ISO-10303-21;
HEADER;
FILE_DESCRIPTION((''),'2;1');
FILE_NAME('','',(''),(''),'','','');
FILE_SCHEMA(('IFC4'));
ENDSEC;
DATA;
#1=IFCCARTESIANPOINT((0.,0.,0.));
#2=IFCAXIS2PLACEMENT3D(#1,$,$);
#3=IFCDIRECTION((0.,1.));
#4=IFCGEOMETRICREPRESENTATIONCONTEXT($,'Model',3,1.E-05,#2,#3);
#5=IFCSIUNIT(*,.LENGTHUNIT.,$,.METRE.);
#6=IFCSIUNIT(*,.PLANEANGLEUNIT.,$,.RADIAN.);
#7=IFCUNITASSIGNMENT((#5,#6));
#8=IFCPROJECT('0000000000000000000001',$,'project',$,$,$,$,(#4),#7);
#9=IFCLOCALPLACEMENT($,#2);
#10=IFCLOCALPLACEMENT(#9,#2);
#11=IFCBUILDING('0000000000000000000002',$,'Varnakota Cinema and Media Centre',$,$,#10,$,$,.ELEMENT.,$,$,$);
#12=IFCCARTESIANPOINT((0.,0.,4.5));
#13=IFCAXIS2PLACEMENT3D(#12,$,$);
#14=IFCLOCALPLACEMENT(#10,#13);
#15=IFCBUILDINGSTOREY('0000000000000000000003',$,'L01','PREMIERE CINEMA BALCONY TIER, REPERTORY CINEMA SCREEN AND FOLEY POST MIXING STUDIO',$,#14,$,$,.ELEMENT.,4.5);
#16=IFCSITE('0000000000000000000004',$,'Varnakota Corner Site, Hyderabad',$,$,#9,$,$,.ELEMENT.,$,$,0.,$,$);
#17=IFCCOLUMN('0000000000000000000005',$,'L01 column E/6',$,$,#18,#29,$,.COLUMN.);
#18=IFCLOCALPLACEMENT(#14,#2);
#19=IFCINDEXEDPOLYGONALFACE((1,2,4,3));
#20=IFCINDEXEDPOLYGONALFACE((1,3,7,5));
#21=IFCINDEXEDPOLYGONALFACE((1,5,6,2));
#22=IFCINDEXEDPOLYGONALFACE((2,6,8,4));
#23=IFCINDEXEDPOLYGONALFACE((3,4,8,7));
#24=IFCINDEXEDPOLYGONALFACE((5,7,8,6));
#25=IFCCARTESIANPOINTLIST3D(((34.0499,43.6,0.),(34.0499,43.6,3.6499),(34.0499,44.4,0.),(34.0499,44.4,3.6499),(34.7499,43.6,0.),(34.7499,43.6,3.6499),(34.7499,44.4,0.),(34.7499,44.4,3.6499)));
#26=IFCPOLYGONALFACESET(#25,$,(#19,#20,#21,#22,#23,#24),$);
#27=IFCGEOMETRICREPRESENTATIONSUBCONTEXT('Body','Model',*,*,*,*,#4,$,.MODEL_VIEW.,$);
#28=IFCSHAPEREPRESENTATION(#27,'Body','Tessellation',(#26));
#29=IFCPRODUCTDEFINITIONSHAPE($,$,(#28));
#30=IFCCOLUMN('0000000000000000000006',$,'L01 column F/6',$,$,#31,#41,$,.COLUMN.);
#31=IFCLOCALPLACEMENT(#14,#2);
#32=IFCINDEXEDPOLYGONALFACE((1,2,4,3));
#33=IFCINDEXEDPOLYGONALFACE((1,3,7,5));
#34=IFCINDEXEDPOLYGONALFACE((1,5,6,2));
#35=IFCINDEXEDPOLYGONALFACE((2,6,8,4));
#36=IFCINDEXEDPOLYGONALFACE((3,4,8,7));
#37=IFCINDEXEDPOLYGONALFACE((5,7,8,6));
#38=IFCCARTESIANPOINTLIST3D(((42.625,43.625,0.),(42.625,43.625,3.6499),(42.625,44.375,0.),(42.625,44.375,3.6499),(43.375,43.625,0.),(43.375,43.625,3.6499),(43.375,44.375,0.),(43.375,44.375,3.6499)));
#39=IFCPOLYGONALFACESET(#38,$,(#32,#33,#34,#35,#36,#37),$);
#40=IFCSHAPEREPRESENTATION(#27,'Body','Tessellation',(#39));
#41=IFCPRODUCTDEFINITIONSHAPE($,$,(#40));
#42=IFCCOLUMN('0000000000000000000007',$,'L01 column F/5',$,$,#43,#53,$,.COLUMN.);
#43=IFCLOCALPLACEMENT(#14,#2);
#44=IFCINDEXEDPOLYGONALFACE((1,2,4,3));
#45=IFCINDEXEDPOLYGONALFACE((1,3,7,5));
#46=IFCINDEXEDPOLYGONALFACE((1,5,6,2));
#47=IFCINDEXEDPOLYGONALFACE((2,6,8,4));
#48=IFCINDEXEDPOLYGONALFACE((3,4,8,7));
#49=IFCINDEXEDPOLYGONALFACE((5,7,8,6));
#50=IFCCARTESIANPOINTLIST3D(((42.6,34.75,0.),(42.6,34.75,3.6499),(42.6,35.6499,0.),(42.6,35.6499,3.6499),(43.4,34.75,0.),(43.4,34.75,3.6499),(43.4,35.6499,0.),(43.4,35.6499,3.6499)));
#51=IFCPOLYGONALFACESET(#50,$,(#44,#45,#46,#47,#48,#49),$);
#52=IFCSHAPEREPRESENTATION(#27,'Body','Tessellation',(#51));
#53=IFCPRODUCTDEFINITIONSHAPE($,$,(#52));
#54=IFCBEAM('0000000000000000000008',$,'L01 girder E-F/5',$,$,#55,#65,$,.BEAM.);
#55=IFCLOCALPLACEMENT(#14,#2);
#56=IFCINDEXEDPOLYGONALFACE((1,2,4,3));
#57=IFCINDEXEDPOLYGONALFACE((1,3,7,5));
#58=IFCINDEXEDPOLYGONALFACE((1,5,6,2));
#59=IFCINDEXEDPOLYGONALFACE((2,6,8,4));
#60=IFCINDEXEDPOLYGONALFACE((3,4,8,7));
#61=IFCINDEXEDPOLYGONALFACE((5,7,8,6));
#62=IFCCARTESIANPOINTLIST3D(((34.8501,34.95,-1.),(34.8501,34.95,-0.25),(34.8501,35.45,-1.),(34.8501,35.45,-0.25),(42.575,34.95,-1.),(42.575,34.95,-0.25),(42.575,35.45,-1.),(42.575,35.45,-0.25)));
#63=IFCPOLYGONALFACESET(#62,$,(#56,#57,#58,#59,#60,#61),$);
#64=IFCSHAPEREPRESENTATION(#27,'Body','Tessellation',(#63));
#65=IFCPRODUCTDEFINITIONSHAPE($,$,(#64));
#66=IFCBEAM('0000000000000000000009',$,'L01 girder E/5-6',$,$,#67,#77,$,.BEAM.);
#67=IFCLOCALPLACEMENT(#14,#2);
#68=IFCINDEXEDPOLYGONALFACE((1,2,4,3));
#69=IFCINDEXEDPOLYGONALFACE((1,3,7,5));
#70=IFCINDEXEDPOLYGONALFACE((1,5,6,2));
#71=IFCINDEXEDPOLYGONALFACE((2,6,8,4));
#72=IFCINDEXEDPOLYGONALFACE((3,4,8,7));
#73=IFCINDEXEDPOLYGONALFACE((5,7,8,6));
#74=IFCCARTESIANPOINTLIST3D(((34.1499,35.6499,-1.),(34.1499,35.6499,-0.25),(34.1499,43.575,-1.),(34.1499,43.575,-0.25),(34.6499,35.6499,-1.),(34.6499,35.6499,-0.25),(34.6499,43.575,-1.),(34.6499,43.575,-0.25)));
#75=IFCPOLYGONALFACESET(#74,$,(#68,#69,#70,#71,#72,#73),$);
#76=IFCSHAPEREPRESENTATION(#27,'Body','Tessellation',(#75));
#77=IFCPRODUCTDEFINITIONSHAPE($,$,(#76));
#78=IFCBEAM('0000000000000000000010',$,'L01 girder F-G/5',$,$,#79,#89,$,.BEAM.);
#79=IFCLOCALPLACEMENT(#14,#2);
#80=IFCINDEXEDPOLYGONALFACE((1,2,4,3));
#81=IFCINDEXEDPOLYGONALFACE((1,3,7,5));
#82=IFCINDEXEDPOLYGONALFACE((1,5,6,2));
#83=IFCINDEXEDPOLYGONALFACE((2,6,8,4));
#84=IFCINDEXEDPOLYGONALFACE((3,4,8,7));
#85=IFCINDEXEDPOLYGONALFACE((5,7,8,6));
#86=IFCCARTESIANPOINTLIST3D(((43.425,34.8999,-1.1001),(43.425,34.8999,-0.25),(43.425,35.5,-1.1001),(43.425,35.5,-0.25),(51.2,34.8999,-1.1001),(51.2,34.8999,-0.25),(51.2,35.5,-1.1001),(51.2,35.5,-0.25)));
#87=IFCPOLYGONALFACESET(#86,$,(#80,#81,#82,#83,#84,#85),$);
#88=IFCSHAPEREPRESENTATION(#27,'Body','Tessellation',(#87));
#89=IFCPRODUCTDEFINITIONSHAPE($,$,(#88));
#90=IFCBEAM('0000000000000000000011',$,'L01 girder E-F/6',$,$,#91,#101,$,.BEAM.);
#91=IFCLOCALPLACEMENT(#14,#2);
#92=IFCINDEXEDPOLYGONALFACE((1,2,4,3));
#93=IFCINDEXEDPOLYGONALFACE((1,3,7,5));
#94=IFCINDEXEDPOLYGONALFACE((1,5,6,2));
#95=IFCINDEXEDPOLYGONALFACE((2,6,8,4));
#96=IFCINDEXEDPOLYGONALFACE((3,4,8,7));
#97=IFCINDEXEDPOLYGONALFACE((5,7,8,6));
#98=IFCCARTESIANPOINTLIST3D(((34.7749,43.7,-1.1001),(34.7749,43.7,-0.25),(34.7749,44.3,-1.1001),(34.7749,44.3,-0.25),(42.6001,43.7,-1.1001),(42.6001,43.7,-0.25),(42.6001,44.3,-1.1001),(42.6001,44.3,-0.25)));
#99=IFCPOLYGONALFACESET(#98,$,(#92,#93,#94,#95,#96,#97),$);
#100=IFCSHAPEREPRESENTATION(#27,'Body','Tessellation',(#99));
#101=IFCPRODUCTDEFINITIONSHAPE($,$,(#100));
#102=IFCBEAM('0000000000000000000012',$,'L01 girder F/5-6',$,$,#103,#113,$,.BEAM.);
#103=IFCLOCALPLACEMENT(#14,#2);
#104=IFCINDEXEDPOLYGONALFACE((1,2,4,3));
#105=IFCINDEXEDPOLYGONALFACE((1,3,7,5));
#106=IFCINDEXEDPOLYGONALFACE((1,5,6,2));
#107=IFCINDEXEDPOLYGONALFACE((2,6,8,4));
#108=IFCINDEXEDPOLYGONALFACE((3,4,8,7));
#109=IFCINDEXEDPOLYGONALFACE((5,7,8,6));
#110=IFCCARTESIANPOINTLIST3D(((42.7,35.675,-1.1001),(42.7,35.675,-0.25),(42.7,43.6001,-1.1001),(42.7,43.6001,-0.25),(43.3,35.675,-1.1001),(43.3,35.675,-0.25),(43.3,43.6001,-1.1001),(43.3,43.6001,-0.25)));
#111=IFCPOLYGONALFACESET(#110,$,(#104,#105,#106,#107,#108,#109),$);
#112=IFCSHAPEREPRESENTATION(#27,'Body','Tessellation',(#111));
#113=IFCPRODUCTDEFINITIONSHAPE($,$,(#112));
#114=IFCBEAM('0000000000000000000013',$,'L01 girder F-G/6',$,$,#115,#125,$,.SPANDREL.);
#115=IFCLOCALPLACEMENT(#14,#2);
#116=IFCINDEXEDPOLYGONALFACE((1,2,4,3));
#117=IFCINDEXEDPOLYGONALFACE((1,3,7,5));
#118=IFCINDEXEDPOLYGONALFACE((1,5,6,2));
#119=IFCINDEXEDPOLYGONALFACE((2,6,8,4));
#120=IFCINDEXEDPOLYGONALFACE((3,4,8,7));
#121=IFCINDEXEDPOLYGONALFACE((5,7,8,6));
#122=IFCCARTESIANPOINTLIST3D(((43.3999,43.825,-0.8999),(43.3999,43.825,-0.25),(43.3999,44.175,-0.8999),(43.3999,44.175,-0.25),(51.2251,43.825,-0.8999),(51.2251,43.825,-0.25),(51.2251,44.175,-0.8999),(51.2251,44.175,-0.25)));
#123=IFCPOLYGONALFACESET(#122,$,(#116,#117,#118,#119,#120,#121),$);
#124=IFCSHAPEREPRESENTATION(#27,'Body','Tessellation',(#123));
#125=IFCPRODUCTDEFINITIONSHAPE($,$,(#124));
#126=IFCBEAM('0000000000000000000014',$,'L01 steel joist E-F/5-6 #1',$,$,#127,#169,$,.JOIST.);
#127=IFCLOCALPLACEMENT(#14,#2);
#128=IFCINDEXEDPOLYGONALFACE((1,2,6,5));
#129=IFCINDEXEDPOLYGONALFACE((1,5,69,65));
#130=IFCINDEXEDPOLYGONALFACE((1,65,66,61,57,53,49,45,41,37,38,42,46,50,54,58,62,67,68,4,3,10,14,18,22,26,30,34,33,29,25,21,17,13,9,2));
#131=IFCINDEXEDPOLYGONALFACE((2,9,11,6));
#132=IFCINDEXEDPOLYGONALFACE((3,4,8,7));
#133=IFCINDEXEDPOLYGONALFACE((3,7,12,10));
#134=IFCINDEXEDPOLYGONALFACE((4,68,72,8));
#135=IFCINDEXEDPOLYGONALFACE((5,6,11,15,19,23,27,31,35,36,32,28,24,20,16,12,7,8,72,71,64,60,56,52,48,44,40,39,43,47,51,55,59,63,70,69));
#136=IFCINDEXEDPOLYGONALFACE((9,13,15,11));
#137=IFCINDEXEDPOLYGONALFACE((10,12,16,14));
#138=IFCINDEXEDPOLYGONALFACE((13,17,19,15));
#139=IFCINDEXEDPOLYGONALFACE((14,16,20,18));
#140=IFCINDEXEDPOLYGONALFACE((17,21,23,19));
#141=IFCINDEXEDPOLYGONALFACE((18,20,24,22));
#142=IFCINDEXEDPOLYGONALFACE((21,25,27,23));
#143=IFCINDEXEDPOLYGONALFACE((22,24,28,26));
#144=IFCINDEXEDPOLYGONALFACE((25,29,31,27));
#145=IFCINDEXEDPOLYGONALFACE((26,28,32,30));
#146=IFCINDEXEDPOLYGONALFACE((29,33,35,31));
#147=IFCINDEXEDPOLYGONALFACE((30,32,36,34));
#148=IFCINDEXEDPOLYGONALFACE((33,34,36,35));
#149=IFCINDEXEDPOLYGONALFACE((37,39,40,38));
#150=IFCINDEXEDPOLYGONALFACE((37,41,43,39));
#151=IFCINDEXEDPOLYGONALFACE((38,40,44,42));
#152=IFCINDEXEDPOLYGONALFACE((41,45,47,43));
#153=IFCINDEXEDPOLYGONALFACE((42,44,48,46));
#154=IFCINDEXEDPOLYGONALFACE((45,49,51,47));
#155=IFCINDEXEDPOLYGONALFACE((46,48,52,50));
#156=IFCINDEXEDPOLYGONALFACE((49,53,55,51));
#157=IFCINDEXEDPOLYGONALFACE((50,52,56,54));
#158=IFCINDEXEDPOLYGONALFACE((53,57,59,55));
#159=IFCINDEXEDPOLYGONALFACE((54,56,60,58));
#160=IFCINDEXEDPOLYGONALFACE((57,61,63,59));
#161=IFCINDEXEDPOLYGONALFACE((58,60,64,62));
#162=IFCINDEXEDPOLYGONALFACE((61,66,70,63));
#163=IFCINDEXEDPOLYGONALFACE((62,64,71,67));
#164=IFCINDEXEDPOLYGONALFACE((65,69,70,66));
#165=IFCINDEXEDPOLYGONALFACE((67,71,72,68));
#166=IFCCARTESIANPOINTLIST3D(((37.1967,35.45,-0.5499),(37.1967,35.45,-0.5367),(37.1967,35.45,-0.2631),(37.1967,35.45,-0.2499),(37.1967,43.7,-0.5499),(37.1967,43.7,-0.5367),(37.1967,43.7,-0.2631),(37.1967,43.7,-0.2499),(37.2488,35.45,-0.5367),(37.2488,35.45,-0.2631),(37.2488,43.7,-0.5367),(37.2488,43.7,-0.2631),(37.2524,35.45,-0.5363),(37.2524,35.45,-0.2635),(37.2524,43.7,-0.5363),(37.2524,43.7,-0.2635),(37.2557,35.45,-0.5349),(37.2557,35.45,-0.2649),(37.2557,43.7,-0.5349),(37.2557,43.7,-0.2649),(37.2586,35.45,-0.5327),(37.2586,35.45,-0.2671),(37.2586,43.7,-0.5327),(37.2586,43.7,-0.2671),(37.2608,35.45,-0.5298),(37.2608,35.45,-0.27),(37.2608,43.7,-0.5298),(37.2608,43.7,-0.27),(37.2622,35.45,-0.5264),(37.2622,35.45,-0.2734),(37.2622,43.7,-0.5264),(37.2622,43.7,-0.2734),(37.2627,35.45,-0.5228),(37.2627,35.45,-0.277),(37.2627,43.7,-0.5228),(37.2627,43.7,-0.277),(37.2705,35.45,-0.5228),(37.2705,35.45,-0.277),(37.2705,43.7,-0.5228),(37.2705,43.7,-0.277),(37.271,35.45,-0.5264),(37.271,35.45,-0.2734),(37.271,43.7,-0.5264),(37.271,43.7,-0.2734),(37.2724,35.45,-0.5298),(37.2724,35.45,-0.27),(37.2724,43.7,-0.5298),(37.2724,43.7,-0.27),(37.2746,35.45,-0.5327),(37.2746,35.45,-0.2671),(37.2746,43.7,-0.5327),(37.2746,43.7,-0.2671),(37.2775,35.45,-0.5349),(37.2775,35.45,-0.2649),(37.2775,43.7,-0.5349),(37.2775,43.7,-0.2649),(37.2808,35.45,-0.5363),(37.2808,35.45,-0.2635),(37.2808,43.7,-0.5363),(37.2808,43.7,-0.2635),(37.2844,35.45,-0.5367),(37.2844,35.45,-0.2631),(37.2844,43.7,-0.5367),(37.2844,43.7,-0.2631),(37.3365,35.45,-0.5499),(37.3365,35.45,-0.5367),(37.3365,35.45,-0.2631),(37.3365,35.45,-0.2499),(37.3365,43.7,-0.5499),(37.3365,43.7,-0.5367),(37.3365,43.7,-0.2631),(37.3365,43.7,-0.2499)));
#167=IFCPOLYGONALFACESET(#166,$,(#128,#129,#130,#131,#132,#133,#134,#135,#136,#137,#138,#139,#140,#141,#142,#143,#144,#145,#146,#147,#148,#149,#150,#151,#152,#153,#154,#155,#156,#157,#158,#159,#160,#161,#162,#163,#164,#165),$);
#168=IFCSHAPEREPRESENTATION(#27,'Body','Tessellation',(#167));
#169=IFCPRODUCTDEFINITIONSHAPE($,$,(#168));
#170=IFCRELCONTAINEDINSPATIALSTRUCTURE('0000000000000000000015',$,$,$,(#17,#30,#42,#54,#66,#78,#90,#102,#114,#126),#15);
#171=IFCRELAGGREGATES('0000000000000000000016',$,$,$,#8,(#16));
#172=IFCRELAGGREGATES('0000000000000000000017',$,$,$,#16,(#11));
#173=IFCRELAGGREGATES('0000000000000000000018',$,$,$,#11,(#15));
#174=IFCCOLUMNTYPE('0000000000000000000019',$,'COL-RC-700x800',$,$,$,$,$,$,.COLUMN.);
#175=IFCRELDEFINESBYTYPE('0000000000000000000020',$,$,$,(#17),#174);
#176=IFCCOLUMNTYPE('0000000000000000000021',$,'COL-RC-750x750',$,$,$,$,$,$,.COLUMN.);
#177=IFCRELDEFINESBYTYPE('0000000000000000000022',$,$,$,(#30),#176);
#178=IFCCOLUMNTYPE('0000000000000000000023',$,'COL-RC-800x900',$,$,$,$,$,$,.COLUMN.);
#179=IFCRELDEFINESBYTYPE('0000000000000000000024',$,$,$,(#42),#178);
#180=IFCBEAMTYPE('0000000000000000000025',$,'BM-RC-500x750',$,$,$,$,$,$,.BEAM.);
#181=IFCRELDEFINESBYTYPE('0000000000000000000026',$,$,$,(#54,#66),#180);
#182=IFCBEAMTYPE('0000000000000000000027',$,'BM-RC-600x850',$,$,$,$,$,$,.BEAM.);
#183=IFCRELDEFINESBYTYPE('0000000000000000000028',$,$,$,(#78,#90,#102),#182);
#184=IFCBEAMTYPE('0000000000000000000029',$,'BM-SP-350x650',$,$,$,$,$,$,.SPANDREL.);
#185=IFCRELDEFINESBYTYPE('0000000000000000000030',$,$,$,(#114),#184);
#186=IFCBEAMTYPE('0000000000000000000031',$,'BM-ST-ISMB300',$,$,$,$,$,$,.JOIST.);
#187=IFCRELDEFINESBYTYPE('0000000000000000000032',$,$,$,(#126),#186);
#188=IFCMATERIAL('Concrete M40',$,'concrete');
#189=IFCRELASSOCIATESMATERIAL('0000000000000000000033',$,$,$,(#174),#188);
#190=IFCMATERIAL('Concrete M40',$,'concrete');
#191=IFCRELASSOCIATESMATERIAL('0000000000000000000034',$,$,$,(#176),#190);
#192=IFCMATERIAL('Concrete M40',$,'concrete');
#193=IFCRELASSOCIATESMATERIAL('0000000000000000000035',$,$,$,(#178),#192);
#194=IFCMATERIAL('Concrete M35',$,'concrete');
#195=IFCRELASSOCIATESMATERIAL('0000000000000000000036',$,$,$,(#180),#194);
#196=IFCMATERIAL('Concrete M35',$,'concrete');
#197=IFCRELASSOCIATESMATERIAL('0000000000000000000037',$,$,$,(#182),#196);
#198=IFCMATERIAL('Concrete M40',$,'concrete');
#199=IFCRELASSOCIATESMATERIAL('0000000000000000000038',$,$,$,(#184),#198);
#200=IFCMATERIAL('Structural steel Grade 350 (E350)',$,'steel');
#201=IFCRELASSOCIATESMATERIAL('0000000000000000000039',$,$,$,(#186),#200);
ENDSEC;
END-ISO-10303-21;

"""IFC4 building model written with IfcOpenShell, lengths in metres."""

from ifc_helpers import new_model, si_unit, direction, frame, origin, origin_2d, place, context, subcontext, project, spatial, rectangle, i_section, extrude, material, material_profile, profile_set, type_object, element, save


model = new_model("IFC4")

# Units and contexts
model_context = context("Model", 3, precision=1e-05, world=origin(), true_north=direction((0.0, 1.0)))
body_context = subcontext(model_context, "Body", "Model", "MODEL_VIEW")
ifc_project = project(units=[si_unit("LENGTHUNIT", "METRE"), si_unit("PLANEANGLEUNIT", "RADIAN")], contexts=[model_context])

# Site, building, storey
site_placement = place(None, origin())
site = spatial("IfcSite", under=ifc_project, at=site_placement, Name="Varnakota Corner Site, Hyderabad", CompositionType="ELEMENT", RefElevation=0.0)
building_placement = place(site_placement, origin())
building = spatial("IfcBuilding", under=site, at=building_placement, Name="Varnakota Cinema and Media Centre", CompositionType="ELEMENT")
storey_placement = place(building_placement, frame((0.0, 0.0, 4.5)))
storey = spatial("IfcBuildingStorey", under=building, at=storey_placement, Name="L01", Description="PREMIERE CINEMA BALCONY TIER, REPERTORY CINEMA SCREEN AND FOLEY POST MIXING STUDIO", CompositionType="ELEMENT", Elevation=4.5)

# Columns
ifc_material_1 = material(Name="Concrete M40", Category="concrete")
ifc_material_profile_1 = material_profile(ifc_material_1, rectangle(XDim=0.7, YDim=0.8, at=origin_2d()), Name="RC 700x800")
ifc_profile_set_1 = profile_set([ifc_material_profile_1], Name="Concrete M40")
column_type_1 = type_object("IfcColumnType", Name="COL-RC-700x800", PredefinedType="COLUMN", material=ifc_profile_set_1)
column_1_placement = place(storey_placement, frame((34.3999, 44.0, 0.0), z_axis=(0.0, 0.0, 1.0), x_axis=(1.0, 0.0, 0.0)))
element("IfcColumn", 1, at=column_1_placement, inside=storey, type_object=column_type_1, Name="L01 column E/6", PredefinedType="COLUMN", context=body_context, shape_type="SweptSolid", body=[
    extrude(rectangle(XDim=0.7, YDim=0.8, at=origin_2d()), origin(), (0.0, 0.0, 1.0), 3.6499),
])
ifc_material_2 = material(Name="Concrete M40", Category="concrete")
ifc_material_profile_2 = material_profile(ifc_material_2, rectangle(XDim=0.75, YDim=0.75, at=origin_2d()), Name="RC 750x750")
ifc_profile_set_2 = profile_set([ifc_material_profile_2], Name="Concrete M40")
column_type_2 = type_object("IfcColumnType", Name="COL-RC-750x750", PredefinedType="COLUMN", material=ifc_profile_set_2)
column_2_placement = place(storey_placement, frame((43.0, 44.0, 0.0), z_axis=(0.0, 0.0, 1.0), x_axis=(1.0, 0.0, 0.0)))
element("IfcColumn", 2, at=column_2_placement, inside=storey, type_object=column_type_2, Name="L01 column F/6", PredefinedType="COLUMN", context=body_context, shape_type="SweptSolid", body=[
    extrude(rectangle(XDim=0.75, YDim=0.75, at=origin_2d()), origin(), (0.0, 0.0, 1.0), 3.6499),
])
ifc_material_3 = material(Name="Concrete M40", Category="concrete")
ifc_material_profile_3 = material_profile(ifc_material_3, rectangle(XDim=0.8, YDim=0.8999, at=origin_2d()), Name="RC 800x900")
ifc_profile_set_3 = profile_set([ifc_material_profile_3], Name="Concrete M40")
column_type_3 = type_object("IfcColumnType", Name="COL-RC-800x900", PredefinedType="COLUMN", material=ifc_profile_set_3)
column_3_placement = place(storey_placement, frame((43.0, 35.2, 0.0), z_axis=(0.0, 0.0, 1.0), x_axis=(1.0, 0.0, 0.0)))
element("IfcColumn", 3, at=column_3_placement, inside=storey, type_object=column_type_3, Name="L01 column F/5", PredefinedType="COLUMN", context=body_context, shape_type="SweptSolid", body=[
    extrude(rectangle(XDim=0.8, YDim=0.8999, at=origin_2d()), origin(), (0.0, 0.0, 1.0), 3.6499),
])

# Beams
ifc_material_4 = material(Name="Concrete M35", Category="concrete")
ifc_material_profile_4 = material_profile(ifc_material_4, rectangle(XDim=0.5, YDim=0.75, at=origin_2d()), Name="RCB 500x750")
ifc_profile_set_4 = profile_set([ifc_material_profile_4], Name="Concrete M35")
beam_type_1 = type_object("IfcBeamType", Name="BM-RC-500x750", PredefinedType="BEAM", material=ifc_profile_set_4)
beam_1_placement = place(storey_placement, frame((34.8501, 35.2, -0.625), z_axis=(1.0, 0.0, 0.0), x_axis=(0.0, 1.0, 0.0)))
element("IfcBeam", 4, at=beam_1_placement, inside=storey, type_object=beam_type_1, Name="L01 girder E-F/5", PredefinedType="BEAM", context=body_context, shape_type="SweptSolid", body=[
    extrude(rectangle(XDim=0.5, YDim=0.75, at=origin_2d()), origin(), (0.0, 0.0, 1.0), 7.7249),
])
beam_2_placement = place(storey_placement, frame((34.3999, 35.6499, -0.625), z_axis=(0.0, 1.0, 0.0), x_axis=(-1.0, 0.0, 0.0)))
element("IfcBeam", 5, at=beam_2_placement, inside=storey, type_object=beam_type_1, Name="L01 girder E/5-6", PredefinedType="BEAM", context=body_context, shape_type="SweptSolid", body=[
    extrude(rectangle(XDim=0.5, YDim=0.75, at=origin_2d()), origin(), (0.0, 0.0, 1.0), 7.925),
])
ifc_material_5 = material(Name="Concrete M35", Category="concrete")
ifc_material_profile_5 = material_profile(ifc_material_5, rectangle(XDim=0.6001, YDim=0.8501, at=origin_2d()), Name="RCB 600x850")
ifc_profile_set_5 = profile_set([ifc_material_profile_5], Name="Concrete M35")
beam_type_2 = type_object("IfcBeamType", Name="BM-RC-600x850", PredefinedType="BEAM", material=ifc_profile_set_5)
beam_3_placement = place(storey_placement, frame((43.425, 35.2, -0.675), z_axis=(1.0, 0.0, 0.0), x_axis=(0.0, 1.0, 0.0)))
element("IfcBeam", 6, at=beam_3_placement, inside=storey, type_object=beam_type_2, Name="L01 girder F-G/5", PredefinedType="BEAM", context=body_context, shape_type="SweptSolid", body=[
    extrude(rectangle(XDim=0.6001, YDim=0.8501, at=origin_2d()), origin(), (0.0, 0.0, 1.0), 7.7749),
])
beam_4_placement = place(storey_placement, frame((34.7749, 44.0, -0.675), z_axis=(1.0, 0.0, 0.0), x_axis=(0.0, 1.0, 0.0)))
element("IfcBeam", 7, at=beam_4_placement, inside=storey, type_object=beam_type_2, Name="L01 girder E-F/6", PredefinedType="BEAM", context=body_context, shape_type="SweptSolid", body=[
    extrude(rectangle(XDim=0.6001, YDim=0.8501, at=origin_2d()), origin(), (0.0, 0.0, 1.0), 7.8252),
])
beam_5_placement = place(storey_placement, frame((43.0, 35.675, -0.675), z_axis=(0.0, 1.0, 0.0), x_axis=(-1.0, 0.0, 0.0)))
element("IfcBeam", 8, at=beam_5_placement, inside=storey, type_object=beam_type_2, Name="L01 girder F/5-6", PredefinedType="BEAM", context=body_context, shape_type="SweptSolid", body=[
    extrude(rectangle(XDim=0.6001, YDim=0.8501, at=origin_2d()), origin(), (0.0, 0.0, 1.0), 7.925),
])
ifc_material_6 = material(Name="Concrete M40", Category="concrete")
ifc_material_profile_6 = material_profile(ifc_material_6, rectangle(XDim=0.3501, YDim=0.6499, at=origin_2d()), Name="RCB 350x650")
ifc_profile_set_6 = profile_set([ifc_material_profile_6], Name="Concrete M40")
beam_type_3 = type_object("IfcBeamType", Name="BM-SP-350x650", PredefinedType="SPANDREL", material=ifc_profile_set_6)
beam_6_placement = place(storey_placement, frame((43.3999, 44.0, -0.575), z_axis=(1.0, 0.0, 0.0), x_axis=(0.0, 1.0, 0.0)))
element("IfcBeam", 9, at=beam_6_placement, inside=storey, type_object=beam_type_3, Name="L01 girder F-G/6", PredefinedType="SPANDREL", context=body_context, shape_type="SweptSolid", body=[
    extrude(rectangle(XDim=0.3501, YDim=0.6499, at=origin_2d()), origin(), (0.0, 0.0, 1.0), 7.8252),
])
ifc_material_7 = material(Name="Structural steel Grade 350 (E350)", Category="steel")
ifc_material_profile_7 = material_profile(ifc_material_7, i_section(OverallWidth=0.1399, OverallDepth=0.3, WebThickness=0.0078, FlangeThickness=0.0132, FilletRadius=0.0139, at=origin_2d()), Name="ISMB 300")
ifc_profile_set_7 = profile_set([ifc_material_profile_7], Name="Structural steel Grade 350 (E350)")
beam_type_4 = type_object("IfcBeamType", Name="BM-ST-ISMB300", PredefinedType="JOIST", material=ifc_profile_set_7)
for number, where, z_axis, x_axis, name in (
    (10, (37.2666, 35.45, -0.3999), (0.0, 1.0, 0.0), (-1.0, 0.0, 0.0), "L01 steel joist E-F/5-6 #1"),
):
    element("IfcBeam", number, at=place(storey_placement, frame(where, z_axis=z_axis, x_axis=x_axis)), inside=storey, type_object=beam_type_4, Name=name, PredefinedType="JOIST", context=body_context, shape_type="SweptSolid", body=[
        extrude(i_section(OverallWidth=0.1399, OverallDepth=0.3, WebThickness=0.0078, FlangeThickness=0.0132, FilletRadius=0.0139, at=origin_2d()), origin(), (0.0, 0.0, 1.0), 8.25),
    ])

save(model, "model.ifc")
